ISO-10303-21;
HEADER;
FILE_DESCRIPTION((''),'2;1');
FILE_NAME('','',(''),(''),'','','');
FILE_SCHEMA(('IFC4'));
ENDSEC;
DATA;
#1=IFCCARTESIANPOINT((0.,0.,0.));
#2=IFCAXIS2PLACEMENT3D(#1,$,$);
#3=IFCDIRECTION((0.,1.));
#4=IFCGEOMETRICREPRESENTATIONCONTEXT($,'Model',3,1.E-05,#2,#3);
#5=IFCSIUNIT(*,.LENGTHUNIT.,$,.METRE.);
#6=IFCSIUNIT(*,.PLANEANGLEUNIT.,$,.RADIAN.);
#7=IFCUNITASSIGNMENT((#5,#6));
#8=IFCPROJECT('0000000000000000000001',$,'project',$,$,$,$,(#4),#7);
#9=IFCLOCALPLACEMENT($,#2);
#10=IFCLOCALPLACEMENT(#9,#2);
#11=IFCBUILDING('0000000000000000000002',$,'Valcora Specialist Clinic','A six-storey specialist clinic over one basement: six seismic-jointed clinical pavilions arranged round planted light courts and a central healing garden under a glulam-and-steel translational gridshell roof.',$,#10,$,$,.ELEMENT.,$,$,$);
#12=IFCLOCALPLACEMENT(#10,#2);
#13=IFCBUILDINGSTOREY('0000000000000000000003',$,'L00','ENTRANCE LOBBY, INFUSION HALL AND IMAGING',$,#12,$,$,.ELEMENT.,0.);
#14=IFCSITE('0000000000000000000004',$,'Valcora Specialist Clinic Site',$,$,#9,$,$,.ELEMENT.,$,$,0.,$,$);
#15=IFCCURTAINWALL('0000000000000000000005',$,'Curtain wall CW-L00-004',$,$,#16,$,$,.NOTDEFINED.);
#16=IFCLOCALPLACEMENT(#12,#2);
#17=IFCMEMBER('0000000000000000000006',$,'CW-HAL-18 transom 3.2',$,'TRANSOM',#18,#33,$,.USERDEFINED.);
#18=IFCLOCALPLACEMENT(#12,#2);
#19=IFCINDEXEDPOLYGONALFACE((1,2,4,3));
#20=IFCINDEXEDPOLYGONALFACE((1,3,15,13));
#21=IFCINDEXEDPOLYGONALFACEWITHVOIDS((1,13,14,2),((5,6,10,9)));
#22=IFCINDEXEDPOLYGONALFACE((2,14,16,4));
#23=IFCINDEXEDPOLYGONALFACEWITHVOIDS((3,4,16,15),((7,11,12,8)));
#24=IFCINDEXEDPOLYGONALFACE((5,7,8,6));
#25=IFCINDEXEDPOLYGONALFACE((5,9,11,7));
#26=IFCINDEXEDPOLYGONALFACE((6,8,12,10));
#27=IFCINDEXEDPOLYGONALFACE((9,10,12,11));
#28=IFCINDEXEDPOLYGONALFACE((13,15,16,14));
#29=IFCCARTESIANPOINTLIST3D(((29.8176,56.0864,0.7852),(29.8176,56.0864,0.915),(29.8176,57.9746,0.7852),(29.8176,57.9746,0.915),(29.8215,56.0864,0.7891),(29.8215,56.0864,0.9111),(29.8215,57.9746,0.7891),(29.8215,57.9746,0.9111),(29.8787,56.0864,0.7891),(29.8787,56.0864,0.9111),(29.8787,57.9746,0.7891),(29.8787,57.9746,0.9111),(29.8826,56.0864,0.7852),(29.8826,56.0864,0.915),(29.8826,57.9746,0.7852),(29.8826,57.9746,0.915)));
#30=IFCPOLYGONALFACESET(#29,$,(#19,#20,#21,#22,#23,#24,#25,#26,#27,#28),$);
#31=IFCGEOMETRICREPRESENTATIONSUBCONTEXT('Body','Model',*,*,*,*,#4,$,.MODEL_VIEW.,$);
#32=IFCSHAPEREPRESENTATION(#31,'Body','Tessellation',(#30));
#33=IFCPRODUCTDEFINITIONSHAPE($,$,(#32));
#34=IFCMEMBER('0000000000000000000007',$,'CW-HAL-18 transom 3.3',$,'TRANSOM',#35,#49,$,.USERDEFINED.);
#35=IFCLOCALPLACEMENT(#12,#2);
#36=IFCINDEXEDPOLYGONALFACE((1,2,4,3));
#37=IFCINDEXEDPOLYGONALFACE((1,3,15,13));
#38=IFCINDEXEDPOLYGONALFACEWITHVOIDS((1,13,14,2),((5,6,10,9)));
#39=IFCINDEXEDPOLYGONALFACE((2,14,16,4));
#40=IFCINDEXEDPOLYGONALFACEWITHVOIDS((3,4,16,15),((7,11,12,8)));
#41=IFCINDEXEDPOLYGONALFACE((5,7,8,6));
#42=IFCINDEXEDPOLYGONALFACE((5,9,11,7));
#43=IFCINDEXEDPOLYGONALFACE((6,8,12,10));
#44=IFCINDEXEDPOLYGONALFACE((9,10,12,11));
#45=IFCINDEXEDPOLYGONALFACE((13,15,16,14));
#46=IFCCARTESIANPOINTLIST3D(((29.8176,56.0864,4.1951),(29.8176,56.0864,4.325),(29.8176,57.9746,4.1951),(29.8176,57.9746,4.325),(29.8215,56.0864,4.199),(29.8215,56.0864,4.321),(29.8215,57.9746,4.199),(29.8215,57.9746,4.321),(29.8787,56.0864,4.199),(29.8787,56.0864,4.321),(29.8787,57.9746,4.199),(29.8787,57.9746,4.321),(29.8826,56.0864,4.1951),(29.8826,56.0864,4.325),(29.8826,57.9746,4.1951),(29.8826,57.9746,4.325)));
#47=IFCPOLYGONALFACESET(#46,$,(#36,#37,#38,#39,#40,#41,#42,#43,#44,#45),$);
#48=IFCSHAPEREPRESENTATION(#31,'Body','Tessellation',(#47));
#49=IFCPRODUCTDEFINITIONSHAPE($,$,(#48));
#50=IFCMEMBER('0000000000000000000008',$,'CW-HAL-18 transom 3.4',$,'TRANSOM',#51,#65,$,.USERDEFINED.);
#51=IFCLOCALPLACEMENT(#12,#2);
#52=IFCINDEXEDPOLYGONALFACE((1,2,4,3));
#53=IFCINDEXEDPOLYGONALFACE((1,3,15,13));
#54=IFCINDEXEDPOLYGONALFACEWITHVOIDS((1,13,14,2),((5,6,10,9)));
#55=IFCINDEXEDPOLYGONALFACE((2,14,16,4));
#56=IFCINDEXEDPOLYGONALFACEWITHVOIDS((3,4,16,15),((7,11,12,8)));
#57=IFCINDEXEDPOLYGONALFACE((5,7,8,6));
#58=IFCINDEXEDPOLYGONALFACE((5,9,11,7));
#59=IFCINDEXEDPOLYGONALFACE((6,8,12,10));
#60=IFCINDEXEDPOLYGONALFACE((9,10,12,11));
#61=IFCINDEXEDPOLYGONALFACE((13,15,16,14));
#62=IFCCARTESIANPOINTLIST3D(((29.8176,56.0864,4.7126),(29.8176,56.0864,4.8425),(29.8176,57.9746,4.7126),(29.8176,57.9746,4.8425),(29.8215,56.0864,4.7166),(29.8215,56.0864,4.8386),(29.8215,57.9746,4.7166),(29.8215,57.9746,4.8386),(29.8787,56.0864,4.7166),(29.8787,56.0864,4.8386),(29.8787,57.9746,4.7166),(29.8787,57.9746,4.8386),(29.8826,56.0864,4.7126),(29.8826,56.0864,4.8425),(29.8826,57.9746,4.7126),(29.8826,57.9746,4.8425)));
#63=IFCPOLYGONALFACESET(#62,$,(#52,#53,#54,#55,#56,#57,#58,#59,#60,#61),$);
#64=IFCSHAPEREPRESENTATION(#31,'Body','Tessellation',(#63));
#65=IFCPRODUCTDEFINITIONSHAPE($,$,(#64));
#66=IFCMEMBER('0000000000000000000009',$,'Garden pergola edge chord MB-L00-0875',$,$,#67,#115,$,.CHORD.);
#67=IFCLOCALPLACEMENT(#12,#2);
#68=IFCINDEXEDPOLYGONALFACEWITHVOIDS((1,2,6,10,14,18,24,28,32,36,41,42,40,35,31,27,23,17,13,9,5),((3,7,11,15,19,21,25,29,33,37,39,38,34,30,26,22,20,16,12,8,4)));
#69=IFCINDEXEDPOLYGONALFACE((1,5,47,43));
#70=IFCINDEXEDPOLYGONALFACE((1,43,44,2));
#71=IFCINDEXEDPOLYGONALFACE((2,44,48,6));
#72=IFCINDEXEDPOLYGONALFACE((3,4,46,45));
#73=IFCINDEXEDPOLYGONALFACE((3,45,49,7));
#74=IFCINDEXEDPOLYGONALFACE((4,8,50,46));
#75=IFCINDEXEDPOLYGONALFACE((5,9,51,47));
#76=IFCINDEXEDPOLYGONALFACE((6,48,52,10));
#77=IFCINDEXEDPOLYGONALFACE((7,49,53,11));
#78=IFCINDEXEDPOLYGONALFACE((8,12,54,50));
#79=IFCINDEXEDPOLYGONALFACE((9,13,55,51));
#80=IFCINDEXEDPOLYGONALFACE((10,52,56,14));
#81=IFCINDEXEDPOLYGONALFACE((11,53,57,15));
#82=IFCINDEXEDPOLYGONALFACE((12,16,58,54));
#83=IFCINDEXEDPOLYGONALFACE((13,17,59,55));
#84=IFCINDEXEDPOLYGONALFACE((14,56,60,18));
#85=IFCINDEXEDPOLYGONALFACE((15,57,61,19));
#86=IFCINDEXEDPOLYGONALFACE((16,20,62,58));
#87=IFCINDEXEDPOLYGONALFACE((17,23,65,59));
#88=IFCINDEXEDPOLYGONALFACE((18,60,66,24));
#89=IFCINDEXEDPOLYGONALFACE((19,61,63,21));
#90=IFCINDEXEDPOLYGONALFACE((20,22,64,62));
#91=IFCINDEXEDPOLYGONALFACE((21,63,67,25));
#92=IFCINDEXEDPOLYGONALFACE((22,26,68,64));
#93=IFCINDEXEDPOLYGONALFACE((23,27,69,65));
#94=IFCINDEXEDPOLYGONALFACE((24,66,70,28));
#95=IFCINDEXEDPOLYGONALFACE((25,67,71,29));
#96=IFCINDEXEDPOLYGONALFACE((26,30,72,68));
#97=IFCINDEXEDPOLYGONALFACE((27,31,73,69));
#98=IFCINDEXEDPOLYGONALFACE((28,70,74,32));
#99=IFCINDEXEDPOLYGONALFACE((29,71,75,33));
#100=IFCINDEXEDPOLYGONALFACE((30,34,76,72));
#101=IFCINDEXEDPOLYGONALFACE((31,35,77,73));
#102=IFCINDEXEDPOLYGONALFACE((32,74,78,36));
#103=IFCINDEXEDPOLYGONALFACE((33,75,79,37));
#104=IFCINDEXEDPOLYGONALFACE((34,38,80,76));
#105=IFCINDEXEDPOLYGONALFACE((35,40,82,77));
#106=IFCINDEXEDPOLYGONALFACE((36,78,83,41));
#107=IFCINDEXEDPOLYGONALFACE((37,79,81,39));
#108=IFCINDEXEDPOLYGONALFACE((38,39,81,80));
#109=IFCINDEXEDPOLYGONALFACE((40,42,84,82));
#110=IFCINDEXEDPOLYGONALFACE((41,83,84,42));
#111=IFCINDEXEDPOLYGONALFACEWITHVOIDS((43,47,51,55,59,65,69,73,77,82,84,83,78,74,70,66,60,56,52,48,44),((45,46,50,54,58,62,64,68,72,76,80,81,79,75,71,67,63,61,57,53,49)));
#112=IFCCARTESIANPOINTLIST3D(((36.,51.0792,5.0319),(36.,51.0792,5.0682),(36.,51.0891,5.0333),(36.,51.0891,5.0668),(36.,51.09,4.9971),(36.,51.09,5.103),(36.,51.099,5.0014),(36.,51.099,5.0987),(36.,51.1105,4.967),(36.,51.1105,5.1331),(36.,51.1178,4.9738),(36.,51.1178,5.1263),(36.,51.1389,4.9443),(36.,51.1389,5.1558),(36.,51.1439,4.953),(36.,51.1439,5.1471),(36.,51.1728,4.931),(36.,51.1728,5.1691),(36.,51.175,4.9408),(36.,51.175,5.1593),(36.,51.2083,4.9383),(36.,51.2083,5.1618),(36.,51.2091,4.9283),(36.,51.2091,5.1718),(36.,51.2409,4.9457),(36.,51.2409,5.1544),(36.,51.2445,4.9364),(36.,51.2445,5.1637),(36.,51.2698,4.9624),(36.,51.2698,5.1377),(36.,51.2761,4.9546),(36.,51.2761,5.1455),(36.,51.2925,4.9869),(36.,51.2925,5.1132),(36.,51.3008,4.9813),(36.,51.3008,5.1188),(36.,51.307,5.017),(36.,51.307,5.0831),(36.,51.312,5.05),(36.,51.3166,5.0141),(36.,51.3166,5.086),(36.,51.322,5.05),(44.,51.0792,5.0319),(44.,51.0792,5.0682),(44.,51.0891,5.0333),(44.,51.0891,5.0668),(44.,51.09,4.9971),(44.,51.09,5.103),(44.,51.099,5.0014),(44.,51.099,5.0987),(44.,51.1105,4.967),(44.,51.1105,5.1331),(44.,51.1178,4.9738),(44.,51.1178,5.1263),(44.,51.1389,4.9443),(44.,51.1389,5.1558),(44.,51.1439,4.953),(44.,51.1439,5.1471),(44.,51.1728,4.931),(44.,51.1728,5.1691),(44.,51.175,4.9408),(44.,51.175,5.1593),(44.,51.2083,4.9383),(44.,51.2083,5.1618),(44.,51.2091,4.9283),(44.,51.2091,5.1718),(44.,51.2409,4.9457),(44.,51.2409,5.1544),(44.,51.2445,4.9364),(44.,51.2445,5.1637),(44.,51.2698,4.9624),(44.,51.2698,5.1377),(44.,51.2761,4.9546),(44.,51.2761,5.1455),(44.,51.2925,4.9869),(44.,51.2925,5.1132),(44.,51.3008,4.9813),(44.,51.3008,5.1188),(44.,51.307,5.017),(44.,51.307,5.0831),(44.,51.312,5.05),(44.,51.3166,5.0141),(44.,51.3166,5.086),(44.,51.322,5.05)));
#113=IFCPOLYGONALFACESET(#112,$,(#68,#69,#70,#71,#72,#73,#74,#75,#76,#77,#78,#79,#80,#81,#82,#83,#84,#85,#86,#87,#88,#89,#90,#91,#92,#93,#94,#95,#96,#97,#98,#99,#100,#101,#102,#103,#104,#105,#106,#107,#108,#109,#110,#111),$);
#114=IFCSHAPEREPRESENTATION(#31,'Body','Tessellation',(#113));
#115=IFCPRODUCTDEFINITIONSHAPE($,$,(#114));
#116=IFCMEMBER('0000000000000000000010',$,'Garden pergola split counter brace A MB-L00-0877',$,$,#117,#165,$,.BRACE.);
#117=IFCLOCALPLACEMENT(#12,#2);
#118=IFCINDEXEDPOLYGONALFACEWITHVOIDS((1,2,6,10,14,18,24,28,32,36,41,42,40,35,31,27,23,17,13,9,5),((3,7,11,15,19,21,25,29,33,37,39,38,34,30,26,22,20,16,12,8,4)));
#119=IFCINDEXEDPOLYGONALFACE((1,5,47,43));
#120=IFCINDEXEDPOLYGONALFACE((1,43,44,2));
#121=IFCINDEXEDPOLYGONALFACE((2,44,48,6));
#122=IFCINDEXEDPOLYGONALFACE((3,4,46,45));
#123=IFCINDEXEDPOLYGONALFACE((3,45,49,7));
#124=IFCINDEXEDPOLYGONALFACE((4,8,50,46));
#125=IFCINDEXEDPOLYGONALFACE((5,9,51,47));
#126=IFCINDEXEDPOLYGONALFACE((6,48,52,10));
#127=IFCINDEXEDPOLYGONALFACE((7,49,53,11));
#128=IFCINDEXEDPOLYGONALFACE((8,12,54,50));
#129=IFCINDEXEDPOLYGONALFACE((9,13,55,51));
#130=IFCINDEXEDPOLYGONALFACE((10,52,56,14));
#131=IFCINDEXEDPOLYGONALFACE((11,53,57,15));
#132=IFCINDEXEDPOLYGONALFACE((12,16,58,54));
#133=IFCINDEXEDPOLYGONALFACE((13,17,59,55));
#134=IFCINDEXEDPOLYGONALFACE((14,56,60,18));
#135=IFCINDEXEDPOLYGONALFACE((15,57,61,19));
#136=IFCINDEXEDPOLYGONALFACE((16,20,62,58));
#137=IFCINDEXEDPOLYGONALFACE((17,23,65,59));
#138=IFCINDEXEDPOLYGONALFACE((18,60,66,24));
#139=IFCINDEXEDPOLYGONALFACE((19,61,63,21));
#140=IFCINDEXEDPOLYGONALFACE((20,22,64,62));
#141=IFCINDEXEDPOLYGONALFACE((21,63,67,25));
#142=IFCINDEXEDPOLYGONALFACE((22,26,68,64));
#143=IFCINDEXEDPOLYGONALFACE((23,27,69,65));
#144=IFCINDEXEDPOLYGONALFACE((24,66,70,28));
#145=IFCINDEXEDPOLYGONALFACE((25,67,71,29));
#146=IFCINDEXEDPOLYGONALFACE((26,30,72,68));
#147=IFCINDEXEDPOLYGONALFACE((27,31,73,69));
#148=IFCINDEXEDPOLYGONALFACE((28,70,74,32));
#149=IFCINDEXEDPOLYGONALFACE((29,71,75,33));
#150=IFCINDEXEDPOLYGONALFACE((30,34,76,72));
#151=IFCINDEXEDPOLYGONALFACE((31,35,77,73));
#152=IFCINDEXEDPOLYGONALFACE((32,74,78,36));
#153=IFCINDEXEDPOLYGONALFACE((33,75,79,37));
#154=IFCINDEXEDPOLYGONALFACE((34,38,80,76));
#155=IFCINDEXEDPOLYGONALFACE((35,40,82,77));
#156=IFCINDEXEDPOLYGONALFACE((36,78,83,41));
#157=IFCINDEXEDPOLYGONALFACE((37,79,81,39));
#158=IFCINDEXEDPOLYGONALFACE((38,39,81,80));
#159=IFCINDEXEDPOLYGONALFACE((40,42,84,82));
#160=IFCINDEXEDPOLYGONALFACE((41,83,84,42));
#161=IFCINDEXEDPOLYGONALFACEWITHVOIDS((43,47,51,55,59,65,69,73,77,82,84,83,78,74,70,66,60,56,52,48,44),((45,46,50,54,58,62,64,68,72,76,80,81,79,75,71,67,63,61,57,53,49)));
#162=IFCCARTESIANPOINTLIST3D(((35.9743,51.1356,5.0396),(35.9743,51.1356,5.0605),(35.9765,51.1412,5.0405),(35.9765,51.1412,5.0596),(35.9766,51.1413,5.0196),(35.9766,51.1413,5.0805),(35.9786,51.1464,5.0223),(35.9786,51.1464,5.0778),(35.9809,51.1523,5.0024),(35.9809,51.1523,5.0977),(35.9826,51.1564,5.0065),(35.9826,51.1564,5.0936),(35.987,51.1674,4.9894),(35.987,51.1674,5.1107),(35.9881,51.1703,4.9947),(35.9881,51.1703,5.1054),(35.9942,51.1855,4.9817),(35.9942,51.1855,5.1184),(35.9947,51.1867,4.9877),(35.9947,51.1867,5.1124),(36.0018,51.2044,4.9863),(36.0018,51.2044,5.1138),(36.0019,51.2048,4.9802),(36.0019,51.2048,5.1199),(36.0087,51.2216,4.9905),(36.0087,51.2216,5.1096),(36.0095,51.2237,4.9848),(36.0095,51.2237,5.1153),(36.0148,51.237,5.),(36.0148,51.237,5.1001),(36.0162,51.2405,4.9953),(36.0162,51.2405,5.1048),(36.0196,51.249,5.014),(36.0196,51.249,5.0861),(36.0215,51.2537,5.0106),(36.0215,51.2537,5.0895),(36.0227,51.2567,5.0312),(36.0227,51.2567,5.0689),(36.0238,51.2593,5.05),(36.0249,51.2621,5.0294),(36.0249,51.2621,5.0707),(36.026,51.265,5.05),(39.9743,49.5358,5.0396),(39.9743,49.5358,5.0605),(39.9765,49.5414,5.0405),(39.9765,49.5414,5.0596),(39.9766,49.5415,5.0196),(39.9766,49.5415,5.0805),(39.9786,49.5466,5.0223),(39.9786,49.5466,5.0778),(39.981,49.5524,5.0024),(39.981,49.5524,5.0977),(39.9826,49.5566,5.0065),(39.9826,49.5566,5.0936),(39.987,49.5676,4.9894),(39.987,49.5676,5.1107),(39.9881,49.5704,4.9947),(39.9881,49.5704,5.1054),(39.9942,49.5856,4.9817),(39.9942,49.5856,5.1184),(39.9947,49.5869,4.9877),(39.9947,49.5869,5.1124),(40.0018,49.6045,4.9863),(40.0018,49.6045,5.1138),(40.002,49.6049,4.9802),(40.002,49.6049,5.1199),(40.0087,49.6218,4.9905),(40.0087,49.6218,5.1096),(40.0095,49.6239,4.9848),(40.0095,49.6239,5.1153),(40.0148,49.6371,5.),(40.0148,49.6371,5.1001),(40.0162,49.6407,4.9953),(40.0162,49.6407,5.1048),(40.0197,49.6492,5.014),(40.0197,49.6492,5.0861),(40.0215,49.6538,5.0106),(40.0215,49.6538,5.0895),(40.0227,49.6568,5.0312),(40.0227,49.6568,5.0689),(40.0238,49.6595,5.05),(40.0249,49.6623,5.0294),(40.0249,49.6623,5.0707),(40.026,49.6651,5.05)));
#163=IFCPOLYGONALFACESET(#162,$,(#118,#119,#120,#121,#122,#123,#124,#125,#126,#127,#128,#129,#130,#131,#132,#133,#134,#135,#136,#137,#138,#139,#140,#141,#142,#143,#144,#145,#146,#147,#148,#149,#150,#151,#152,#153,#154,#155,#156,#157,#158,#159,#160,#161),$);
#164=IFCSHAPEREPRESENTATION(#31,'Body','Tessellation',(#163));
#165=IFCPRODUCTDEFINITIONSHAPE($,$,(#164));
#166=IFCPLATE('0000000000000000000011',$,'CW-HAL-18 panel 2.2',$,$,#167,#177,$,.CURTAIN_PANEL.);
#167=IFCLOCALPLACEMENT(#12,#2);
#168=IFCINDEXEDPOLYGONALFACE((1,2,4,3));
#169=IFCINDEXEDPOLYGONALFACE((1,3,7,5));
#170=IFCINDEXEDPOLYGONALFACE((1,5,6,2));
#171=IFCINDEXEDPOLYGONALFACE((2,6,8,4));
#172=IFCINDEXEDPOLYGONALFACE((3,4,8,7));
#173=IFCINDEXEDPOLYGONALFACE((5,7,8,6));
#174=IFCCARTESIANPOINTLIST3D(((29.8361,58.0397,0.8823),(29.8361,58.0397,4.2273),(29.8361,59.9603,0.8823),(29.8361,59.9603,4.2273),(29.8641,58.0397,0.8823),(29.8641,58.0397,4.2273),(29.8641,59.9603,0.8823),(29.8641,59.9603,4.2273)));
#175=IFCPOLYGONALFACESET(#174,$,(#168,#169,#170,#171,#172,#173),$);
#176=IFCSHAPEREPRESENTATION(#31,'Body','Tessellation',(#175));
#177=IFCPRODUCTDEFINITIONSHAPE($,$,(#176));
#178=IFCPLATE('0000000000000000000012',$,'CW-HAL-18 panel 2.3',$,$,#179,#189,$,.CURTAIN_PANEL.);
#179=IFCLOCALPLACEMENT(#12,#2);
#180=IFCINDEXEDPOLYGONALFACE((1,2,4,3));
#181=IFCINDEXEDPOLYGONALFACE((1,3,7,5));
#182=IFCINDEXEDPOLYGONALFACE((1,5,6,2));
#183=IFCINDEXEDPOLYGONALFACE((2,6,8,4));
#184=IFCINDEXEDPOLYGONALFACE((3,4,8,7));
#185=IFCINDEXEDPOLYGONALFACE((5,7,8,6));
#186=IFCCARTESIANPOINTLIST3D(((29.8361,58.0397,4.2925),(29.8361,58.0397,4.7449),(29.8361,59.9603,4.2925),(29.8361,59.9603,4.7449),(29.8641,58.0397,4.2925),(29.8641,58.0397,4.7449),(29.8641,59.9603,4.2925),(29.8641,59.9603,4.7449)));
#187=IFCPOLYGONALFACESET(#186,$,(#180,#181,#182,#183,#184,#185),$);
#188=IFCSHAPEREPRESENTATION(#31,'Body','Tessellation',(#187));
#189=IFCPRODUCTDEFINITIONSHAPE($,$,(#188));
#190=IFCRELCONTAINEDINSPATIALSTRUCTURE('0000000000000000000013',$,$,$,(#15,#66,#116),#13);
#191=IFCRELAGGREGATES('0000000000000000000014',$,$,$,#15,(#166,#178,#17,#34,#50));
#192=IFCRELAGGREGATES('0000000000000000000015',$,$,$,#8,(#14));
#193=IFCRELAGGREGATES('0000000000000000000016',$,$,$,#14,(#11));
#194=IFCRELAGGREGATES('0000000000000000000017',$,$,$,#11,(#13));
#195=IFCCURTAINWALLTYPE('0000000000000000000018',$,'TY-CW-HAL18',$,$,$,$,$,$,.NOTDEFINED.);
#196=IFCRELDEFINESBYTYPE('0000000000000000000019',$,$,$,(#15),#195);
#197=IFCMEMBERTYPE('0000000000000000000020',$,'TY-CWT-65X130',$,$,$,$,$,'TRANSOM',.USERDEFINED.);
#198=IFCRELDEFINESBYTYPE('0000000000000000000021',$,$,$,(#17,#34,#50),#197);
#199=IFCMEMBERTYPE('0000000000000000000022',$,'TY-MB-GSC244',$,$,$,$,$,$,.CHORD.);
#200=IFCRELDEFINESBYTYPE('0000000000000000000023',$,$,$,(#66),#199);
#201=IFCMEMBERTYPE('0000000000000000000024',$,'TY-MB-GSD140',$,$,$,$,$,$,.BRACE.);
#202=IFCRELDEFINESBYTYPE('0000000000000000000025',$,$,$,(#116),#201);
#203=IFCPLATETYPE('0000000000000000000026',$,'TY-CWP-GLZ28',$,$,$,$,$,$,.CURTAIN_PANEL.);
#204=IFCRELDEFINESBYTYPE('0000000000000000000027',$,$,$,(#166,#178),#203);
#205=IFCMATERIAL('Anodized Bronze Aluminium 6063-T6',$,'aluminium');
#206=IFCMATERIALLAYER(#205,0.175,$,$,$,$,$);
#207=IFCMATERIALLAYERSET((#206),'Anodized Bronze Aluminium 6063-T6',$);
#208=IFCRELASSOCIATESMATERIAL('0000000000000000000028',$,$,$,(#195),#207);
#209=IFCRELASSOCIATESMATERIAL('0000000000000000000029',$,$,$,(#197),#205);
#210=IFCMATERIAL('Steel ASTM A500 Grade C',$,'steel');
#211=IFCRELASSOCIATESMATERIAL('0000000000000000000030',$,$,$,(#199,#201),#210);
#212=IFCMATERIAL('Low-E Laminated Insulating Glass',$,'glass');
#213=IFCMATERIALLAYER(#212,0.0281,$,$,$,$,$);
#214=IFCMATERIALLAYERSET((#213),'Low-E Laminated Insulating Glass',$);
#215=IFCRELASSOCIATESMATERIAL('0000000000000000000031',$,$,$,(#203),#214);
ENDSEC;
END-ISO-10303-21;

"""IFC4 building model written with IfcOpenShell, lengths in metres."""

from ifc_helpers import new_model, si_unit, direction, frame, origin, origin_2d, place, context, subcontext, project, spatial, rectangle, hollow_rectangle, hollow_circle, extrude, material, layer, layer_set, material_profile, profile_set, type_object, element, aggregate, save


model = new_model("IFC4")

# Units and contexts
model_context = context("Model", 3, precision=1e-05, world=origin(), true_north=direction((0.0, 1.0)))
body_context = subcontext(model_context, "Body", "Model", "MODEL_VIEW")
ifc_project = project(units=[si_unit("LENGTHUNIT", "METRE"), si_unit("PLANEANGLEUNIT", "RADIAN")], contexts=[model_context])

# Site, building, storey
site_placement = place(None, origin())
site = spatial("IfcSite", under=ifc_project, at=site_placement, Name="Valcora Specialist Clinic Site", CompositionType="ELEMENT", RefElevation=0.0)
building_placement = place(site_placement, origin())
building = spatial("IfcBuilding", under=site, at=building_placement, Name="Valcora Specialist Clinic", Description="A six-storey specialist clinic over one basement: six seismic-jointed clinical pavilions arranged round planted light courts and a central healing garden under a glulam-and-steel translational gridshell roof.", CompositionType="ELEMENT")
storey_placement = place(building_placement, origin())
storey = spatial("IfcBuildingStorey", under=building, at=storey_placement, Name="L00", Description="ENTRANCE LOBBY, INFUSION HALL AND IMAGING", CompositionType="ELEMENT", Elevation=0.0)

# Curtain wall, members
ifc_material_1 = material(Name="Anodized Bronze Aluminium 6063-T6", Category="aluminium")
ifc_layer_1 = layer(ifc_material_1, 0.175)
ifc_layer_set_1 = layer_set([ifc_layer_1], Name="Anodized Bronze Aluminium 6063-T6")
curtain_wall_type = type_object("IfcCurtainWallType", Name="TY-CW-HAL18", PredefinedType="NOTDEFINED", material=ifc_layer_set_1)
curtain_wall_placement = place(storey_placement, origin())
curtain_wall = element("IfcCurtainWall", 1, at=curtain_wall_placement, inside=storey, type_object=curtain_wall_type, Name="Curtain wall CW-L00-004", PredefinedType="NOTDEFINED")
ifc_material_profile_1 = material_profile(ifc_material_1, hollow_rectangle(XDim=0.0649, YDim=0.1299, WallThickness=0.0039, at=origin_2d()), Name="AL-TRN-65X130")
ifc_profile_set_1 = profile_set([ifc_material_profile_1], Name="Anodized Bronze Aluminium 6063-T6")
member_type_1 = type_object("IfcMemberType", Name="TY-CWT-65X130", ElementType="TRANSOM", PredefinedType="USERDEFINED", material=ifc_profile_set_1)
member_1_placement = place(storey_placement, frame((29.8501, 57.9746, 0.8501), z_axis=(0.0, -1.0, 0.0), x_axis=(1.0, 0.0, 0.0)))
member_1 = element("IfcMember", 2, at=member_1_placement, type_object=member_type_1, Name="CW-HAL-18 transom 3.2", ObjectType="TRANSOM", PredefinedType="USERDEFINED", context=body_context, shape_type="SweptSolid", body=[
    extrude(hollow_rectangle(XDim=0.0649, YDim=0.1299, WallThickness=0.0039, at=origin_2d()), origin(), (0.0, 0.0, 1.0), 1.8882),
])
member_2_placement = place(storey_placement, frame((29.8501, 57.9746, 4.26), z_axis=(0.0, -1.0, 0.0), x_axis=(1.0, 0.0, 0.0)))
member_2 = element("IfcMember", 3, at=member_2_placement, type_object=member_type_1, Name="CW-HAL-18 transom 3.3", ObjectType="TRANSOM", PredefinedType="USERDEFINED", context=body_context, shape_type="SweptSolid", body=[
    extrude(hollow_rectangle(XDim=0.0649, YDim=0.1299, WallThickness=0.0039, at=origin_2d()), origin(), (0.0, 0.0, 1.0), 1.8882),
])
member_3_placement = place(storey_placement, frame((29.8501, 57.9746, 4.7776), z_axis=(0.0, -1.0, 0.0), x_axis=(1.0, 0.0, 0.0)))
member_3 = element("IfcMember", 4, at=member_3_placement, type_object=member_type_1, Name="CW-HAL-18 transom 3.4", ObjectType="TRANSOM", PredefinedType="USERDEFINED", context=body_context, shape_type="SweptSolid", body=[
    extrude(hollow_rectangle(XDim=0.0649, YDim=0.1299, WallThickness=0.0039, at=origin_2d()), origin(), (0.0, 0.0, 1.0), 1.8882),
])

# Members
ifc_material_2 = material(Name="Steel ASTM A500 Grade C", Category="steel")
ifc_material_profile_2 = material_profile(ifc_material_2, hollow_circle(Radius=0.1221, WallThickness=0.01, at=origin_2d()), Name="ST-CHS-244X10")
ifc_profile_set_2 = profile_set([ifc_material_profile_2], Name="Steel ASTM A500 Grade C")
member_type_2 = type_object("IfcMemberType", Name="TY-MB-GSC244", PredefinedType="CHORD", material=ifc_profile_set_2)
member_4_placement = place(storey_placement, frame((36.0, 51.2, 5.05), z_axis=(1.0, 0.0, 0.0), x_axis=(0.0, 1.0, 0.0)))
element("IfcMember", 5, at=member_4_placement, inside=storey, type_object=member_type_2, Name="Garden pergola edge chord MB-L00-0875", PredefinedType="CHORD", context=body_context, shape_type="SweptSolid", body=[
    extrude(hollow_circle(Radius=0.1221, WallThickness=0.01, at=origin_2d()), origin(), (0.0, 0.0, 1.0), 8.0),
])
ifc_material_profile_3 = material_profile(ifc_material_2, hollow_circle(Radius=0.0701, WallThickness=0.0061, at=origin_2d()), Name="ST-CHS-140X6")
ifc_profile_set_3 = profile_set([ifc_material_profile_3], Name="Steel ASTM A500 Grade C")
member_type_3 = type_object("IfcMemberType", Name="TY-MB-GSD140", PredefinedType="BRACE", material=ifc_profile_set_3)
member_5_placement = place(storey_placement, frame((36.0, 51.2, 5.05), z_axis=(0.928488, -0.371361, 0.0), x_axis=(0.371361, 0.928488, 0.0)))
element("IfcMember", 6, at=member_5_placement, inside=storey, type_object=member_type_3, Name="Garden pergola split counter brace A MB-L00-0877", PredefinedType="BRACE", context=body_context, shape_type="SweptSolid", body=[
    extrude(hollow_circle(Radius=0.0701, WallThickness=0.0061, at=origin_2d()), origin(), (0.0, 0.0, 1.0), 4.3081),
])

# Plates
ifc_material_3 = material(Name="Low-E Laminated Insulating Glass", Category="glass")
ifc_layer_2 = layer(ifc_material_3, 0.0281)
ifc_layer_set_2 = layer_set([ifc_layer_2], Name="Low-E Laminated Insulating Glass")
plate_type_1 = type_object("IfcPlateType", Name="TY-CWP-GLZ28", PredefinedType="CURTAIN_PANEL", material=ifc_layer_set_2)
plate_1_placement = place(storey_placement, frame((29.8501, 59.0, 0.8823), z_axis=(0.0, 0.0, 1.0), x_axis=(0.0, -1.0, 0.0)))
plate_1 = element("IfcPlate", 7, at=plate_1_placement, type_object=plate_type_1, Name="CW-HAL-18 panel 2.2", PredefinedType="CURTAIN_PANEL", context=body_context, shape_type="SweptSolid", body=[
    extrude(rectangle(XDim=1.9207, YDim=0.0281, at=origin_2d()), origin(), (0.0, 0.0, 1.0), 3.345),
])
plate_2_placement = place(storey_placement, frame((29.8501, 59.0, 4.2925), z_axis=(0.0, 0.0, 1.0), x_axis=(0.0, -1.0, 0.0)))
plate_2 = element("IfcPlate", 8, at=plate_2_placement, type_object=plate_type_1, Name="CW-HAL-18 panel 2.3", PredefinedType="CURTAIN_PANEL", context=body_context, shape_type="SweptSolid", body=[
    extrude(rectangle(XDim=1.9207, YDim=0.0281, at=origin_2d()), origin(), (0.0, 0.0, 1.0), 0.4524),
])
aggregate(curtain_wall, [plate_1, plate_2, member_1, member_2, member_3])

save(model, "model.ifc")
